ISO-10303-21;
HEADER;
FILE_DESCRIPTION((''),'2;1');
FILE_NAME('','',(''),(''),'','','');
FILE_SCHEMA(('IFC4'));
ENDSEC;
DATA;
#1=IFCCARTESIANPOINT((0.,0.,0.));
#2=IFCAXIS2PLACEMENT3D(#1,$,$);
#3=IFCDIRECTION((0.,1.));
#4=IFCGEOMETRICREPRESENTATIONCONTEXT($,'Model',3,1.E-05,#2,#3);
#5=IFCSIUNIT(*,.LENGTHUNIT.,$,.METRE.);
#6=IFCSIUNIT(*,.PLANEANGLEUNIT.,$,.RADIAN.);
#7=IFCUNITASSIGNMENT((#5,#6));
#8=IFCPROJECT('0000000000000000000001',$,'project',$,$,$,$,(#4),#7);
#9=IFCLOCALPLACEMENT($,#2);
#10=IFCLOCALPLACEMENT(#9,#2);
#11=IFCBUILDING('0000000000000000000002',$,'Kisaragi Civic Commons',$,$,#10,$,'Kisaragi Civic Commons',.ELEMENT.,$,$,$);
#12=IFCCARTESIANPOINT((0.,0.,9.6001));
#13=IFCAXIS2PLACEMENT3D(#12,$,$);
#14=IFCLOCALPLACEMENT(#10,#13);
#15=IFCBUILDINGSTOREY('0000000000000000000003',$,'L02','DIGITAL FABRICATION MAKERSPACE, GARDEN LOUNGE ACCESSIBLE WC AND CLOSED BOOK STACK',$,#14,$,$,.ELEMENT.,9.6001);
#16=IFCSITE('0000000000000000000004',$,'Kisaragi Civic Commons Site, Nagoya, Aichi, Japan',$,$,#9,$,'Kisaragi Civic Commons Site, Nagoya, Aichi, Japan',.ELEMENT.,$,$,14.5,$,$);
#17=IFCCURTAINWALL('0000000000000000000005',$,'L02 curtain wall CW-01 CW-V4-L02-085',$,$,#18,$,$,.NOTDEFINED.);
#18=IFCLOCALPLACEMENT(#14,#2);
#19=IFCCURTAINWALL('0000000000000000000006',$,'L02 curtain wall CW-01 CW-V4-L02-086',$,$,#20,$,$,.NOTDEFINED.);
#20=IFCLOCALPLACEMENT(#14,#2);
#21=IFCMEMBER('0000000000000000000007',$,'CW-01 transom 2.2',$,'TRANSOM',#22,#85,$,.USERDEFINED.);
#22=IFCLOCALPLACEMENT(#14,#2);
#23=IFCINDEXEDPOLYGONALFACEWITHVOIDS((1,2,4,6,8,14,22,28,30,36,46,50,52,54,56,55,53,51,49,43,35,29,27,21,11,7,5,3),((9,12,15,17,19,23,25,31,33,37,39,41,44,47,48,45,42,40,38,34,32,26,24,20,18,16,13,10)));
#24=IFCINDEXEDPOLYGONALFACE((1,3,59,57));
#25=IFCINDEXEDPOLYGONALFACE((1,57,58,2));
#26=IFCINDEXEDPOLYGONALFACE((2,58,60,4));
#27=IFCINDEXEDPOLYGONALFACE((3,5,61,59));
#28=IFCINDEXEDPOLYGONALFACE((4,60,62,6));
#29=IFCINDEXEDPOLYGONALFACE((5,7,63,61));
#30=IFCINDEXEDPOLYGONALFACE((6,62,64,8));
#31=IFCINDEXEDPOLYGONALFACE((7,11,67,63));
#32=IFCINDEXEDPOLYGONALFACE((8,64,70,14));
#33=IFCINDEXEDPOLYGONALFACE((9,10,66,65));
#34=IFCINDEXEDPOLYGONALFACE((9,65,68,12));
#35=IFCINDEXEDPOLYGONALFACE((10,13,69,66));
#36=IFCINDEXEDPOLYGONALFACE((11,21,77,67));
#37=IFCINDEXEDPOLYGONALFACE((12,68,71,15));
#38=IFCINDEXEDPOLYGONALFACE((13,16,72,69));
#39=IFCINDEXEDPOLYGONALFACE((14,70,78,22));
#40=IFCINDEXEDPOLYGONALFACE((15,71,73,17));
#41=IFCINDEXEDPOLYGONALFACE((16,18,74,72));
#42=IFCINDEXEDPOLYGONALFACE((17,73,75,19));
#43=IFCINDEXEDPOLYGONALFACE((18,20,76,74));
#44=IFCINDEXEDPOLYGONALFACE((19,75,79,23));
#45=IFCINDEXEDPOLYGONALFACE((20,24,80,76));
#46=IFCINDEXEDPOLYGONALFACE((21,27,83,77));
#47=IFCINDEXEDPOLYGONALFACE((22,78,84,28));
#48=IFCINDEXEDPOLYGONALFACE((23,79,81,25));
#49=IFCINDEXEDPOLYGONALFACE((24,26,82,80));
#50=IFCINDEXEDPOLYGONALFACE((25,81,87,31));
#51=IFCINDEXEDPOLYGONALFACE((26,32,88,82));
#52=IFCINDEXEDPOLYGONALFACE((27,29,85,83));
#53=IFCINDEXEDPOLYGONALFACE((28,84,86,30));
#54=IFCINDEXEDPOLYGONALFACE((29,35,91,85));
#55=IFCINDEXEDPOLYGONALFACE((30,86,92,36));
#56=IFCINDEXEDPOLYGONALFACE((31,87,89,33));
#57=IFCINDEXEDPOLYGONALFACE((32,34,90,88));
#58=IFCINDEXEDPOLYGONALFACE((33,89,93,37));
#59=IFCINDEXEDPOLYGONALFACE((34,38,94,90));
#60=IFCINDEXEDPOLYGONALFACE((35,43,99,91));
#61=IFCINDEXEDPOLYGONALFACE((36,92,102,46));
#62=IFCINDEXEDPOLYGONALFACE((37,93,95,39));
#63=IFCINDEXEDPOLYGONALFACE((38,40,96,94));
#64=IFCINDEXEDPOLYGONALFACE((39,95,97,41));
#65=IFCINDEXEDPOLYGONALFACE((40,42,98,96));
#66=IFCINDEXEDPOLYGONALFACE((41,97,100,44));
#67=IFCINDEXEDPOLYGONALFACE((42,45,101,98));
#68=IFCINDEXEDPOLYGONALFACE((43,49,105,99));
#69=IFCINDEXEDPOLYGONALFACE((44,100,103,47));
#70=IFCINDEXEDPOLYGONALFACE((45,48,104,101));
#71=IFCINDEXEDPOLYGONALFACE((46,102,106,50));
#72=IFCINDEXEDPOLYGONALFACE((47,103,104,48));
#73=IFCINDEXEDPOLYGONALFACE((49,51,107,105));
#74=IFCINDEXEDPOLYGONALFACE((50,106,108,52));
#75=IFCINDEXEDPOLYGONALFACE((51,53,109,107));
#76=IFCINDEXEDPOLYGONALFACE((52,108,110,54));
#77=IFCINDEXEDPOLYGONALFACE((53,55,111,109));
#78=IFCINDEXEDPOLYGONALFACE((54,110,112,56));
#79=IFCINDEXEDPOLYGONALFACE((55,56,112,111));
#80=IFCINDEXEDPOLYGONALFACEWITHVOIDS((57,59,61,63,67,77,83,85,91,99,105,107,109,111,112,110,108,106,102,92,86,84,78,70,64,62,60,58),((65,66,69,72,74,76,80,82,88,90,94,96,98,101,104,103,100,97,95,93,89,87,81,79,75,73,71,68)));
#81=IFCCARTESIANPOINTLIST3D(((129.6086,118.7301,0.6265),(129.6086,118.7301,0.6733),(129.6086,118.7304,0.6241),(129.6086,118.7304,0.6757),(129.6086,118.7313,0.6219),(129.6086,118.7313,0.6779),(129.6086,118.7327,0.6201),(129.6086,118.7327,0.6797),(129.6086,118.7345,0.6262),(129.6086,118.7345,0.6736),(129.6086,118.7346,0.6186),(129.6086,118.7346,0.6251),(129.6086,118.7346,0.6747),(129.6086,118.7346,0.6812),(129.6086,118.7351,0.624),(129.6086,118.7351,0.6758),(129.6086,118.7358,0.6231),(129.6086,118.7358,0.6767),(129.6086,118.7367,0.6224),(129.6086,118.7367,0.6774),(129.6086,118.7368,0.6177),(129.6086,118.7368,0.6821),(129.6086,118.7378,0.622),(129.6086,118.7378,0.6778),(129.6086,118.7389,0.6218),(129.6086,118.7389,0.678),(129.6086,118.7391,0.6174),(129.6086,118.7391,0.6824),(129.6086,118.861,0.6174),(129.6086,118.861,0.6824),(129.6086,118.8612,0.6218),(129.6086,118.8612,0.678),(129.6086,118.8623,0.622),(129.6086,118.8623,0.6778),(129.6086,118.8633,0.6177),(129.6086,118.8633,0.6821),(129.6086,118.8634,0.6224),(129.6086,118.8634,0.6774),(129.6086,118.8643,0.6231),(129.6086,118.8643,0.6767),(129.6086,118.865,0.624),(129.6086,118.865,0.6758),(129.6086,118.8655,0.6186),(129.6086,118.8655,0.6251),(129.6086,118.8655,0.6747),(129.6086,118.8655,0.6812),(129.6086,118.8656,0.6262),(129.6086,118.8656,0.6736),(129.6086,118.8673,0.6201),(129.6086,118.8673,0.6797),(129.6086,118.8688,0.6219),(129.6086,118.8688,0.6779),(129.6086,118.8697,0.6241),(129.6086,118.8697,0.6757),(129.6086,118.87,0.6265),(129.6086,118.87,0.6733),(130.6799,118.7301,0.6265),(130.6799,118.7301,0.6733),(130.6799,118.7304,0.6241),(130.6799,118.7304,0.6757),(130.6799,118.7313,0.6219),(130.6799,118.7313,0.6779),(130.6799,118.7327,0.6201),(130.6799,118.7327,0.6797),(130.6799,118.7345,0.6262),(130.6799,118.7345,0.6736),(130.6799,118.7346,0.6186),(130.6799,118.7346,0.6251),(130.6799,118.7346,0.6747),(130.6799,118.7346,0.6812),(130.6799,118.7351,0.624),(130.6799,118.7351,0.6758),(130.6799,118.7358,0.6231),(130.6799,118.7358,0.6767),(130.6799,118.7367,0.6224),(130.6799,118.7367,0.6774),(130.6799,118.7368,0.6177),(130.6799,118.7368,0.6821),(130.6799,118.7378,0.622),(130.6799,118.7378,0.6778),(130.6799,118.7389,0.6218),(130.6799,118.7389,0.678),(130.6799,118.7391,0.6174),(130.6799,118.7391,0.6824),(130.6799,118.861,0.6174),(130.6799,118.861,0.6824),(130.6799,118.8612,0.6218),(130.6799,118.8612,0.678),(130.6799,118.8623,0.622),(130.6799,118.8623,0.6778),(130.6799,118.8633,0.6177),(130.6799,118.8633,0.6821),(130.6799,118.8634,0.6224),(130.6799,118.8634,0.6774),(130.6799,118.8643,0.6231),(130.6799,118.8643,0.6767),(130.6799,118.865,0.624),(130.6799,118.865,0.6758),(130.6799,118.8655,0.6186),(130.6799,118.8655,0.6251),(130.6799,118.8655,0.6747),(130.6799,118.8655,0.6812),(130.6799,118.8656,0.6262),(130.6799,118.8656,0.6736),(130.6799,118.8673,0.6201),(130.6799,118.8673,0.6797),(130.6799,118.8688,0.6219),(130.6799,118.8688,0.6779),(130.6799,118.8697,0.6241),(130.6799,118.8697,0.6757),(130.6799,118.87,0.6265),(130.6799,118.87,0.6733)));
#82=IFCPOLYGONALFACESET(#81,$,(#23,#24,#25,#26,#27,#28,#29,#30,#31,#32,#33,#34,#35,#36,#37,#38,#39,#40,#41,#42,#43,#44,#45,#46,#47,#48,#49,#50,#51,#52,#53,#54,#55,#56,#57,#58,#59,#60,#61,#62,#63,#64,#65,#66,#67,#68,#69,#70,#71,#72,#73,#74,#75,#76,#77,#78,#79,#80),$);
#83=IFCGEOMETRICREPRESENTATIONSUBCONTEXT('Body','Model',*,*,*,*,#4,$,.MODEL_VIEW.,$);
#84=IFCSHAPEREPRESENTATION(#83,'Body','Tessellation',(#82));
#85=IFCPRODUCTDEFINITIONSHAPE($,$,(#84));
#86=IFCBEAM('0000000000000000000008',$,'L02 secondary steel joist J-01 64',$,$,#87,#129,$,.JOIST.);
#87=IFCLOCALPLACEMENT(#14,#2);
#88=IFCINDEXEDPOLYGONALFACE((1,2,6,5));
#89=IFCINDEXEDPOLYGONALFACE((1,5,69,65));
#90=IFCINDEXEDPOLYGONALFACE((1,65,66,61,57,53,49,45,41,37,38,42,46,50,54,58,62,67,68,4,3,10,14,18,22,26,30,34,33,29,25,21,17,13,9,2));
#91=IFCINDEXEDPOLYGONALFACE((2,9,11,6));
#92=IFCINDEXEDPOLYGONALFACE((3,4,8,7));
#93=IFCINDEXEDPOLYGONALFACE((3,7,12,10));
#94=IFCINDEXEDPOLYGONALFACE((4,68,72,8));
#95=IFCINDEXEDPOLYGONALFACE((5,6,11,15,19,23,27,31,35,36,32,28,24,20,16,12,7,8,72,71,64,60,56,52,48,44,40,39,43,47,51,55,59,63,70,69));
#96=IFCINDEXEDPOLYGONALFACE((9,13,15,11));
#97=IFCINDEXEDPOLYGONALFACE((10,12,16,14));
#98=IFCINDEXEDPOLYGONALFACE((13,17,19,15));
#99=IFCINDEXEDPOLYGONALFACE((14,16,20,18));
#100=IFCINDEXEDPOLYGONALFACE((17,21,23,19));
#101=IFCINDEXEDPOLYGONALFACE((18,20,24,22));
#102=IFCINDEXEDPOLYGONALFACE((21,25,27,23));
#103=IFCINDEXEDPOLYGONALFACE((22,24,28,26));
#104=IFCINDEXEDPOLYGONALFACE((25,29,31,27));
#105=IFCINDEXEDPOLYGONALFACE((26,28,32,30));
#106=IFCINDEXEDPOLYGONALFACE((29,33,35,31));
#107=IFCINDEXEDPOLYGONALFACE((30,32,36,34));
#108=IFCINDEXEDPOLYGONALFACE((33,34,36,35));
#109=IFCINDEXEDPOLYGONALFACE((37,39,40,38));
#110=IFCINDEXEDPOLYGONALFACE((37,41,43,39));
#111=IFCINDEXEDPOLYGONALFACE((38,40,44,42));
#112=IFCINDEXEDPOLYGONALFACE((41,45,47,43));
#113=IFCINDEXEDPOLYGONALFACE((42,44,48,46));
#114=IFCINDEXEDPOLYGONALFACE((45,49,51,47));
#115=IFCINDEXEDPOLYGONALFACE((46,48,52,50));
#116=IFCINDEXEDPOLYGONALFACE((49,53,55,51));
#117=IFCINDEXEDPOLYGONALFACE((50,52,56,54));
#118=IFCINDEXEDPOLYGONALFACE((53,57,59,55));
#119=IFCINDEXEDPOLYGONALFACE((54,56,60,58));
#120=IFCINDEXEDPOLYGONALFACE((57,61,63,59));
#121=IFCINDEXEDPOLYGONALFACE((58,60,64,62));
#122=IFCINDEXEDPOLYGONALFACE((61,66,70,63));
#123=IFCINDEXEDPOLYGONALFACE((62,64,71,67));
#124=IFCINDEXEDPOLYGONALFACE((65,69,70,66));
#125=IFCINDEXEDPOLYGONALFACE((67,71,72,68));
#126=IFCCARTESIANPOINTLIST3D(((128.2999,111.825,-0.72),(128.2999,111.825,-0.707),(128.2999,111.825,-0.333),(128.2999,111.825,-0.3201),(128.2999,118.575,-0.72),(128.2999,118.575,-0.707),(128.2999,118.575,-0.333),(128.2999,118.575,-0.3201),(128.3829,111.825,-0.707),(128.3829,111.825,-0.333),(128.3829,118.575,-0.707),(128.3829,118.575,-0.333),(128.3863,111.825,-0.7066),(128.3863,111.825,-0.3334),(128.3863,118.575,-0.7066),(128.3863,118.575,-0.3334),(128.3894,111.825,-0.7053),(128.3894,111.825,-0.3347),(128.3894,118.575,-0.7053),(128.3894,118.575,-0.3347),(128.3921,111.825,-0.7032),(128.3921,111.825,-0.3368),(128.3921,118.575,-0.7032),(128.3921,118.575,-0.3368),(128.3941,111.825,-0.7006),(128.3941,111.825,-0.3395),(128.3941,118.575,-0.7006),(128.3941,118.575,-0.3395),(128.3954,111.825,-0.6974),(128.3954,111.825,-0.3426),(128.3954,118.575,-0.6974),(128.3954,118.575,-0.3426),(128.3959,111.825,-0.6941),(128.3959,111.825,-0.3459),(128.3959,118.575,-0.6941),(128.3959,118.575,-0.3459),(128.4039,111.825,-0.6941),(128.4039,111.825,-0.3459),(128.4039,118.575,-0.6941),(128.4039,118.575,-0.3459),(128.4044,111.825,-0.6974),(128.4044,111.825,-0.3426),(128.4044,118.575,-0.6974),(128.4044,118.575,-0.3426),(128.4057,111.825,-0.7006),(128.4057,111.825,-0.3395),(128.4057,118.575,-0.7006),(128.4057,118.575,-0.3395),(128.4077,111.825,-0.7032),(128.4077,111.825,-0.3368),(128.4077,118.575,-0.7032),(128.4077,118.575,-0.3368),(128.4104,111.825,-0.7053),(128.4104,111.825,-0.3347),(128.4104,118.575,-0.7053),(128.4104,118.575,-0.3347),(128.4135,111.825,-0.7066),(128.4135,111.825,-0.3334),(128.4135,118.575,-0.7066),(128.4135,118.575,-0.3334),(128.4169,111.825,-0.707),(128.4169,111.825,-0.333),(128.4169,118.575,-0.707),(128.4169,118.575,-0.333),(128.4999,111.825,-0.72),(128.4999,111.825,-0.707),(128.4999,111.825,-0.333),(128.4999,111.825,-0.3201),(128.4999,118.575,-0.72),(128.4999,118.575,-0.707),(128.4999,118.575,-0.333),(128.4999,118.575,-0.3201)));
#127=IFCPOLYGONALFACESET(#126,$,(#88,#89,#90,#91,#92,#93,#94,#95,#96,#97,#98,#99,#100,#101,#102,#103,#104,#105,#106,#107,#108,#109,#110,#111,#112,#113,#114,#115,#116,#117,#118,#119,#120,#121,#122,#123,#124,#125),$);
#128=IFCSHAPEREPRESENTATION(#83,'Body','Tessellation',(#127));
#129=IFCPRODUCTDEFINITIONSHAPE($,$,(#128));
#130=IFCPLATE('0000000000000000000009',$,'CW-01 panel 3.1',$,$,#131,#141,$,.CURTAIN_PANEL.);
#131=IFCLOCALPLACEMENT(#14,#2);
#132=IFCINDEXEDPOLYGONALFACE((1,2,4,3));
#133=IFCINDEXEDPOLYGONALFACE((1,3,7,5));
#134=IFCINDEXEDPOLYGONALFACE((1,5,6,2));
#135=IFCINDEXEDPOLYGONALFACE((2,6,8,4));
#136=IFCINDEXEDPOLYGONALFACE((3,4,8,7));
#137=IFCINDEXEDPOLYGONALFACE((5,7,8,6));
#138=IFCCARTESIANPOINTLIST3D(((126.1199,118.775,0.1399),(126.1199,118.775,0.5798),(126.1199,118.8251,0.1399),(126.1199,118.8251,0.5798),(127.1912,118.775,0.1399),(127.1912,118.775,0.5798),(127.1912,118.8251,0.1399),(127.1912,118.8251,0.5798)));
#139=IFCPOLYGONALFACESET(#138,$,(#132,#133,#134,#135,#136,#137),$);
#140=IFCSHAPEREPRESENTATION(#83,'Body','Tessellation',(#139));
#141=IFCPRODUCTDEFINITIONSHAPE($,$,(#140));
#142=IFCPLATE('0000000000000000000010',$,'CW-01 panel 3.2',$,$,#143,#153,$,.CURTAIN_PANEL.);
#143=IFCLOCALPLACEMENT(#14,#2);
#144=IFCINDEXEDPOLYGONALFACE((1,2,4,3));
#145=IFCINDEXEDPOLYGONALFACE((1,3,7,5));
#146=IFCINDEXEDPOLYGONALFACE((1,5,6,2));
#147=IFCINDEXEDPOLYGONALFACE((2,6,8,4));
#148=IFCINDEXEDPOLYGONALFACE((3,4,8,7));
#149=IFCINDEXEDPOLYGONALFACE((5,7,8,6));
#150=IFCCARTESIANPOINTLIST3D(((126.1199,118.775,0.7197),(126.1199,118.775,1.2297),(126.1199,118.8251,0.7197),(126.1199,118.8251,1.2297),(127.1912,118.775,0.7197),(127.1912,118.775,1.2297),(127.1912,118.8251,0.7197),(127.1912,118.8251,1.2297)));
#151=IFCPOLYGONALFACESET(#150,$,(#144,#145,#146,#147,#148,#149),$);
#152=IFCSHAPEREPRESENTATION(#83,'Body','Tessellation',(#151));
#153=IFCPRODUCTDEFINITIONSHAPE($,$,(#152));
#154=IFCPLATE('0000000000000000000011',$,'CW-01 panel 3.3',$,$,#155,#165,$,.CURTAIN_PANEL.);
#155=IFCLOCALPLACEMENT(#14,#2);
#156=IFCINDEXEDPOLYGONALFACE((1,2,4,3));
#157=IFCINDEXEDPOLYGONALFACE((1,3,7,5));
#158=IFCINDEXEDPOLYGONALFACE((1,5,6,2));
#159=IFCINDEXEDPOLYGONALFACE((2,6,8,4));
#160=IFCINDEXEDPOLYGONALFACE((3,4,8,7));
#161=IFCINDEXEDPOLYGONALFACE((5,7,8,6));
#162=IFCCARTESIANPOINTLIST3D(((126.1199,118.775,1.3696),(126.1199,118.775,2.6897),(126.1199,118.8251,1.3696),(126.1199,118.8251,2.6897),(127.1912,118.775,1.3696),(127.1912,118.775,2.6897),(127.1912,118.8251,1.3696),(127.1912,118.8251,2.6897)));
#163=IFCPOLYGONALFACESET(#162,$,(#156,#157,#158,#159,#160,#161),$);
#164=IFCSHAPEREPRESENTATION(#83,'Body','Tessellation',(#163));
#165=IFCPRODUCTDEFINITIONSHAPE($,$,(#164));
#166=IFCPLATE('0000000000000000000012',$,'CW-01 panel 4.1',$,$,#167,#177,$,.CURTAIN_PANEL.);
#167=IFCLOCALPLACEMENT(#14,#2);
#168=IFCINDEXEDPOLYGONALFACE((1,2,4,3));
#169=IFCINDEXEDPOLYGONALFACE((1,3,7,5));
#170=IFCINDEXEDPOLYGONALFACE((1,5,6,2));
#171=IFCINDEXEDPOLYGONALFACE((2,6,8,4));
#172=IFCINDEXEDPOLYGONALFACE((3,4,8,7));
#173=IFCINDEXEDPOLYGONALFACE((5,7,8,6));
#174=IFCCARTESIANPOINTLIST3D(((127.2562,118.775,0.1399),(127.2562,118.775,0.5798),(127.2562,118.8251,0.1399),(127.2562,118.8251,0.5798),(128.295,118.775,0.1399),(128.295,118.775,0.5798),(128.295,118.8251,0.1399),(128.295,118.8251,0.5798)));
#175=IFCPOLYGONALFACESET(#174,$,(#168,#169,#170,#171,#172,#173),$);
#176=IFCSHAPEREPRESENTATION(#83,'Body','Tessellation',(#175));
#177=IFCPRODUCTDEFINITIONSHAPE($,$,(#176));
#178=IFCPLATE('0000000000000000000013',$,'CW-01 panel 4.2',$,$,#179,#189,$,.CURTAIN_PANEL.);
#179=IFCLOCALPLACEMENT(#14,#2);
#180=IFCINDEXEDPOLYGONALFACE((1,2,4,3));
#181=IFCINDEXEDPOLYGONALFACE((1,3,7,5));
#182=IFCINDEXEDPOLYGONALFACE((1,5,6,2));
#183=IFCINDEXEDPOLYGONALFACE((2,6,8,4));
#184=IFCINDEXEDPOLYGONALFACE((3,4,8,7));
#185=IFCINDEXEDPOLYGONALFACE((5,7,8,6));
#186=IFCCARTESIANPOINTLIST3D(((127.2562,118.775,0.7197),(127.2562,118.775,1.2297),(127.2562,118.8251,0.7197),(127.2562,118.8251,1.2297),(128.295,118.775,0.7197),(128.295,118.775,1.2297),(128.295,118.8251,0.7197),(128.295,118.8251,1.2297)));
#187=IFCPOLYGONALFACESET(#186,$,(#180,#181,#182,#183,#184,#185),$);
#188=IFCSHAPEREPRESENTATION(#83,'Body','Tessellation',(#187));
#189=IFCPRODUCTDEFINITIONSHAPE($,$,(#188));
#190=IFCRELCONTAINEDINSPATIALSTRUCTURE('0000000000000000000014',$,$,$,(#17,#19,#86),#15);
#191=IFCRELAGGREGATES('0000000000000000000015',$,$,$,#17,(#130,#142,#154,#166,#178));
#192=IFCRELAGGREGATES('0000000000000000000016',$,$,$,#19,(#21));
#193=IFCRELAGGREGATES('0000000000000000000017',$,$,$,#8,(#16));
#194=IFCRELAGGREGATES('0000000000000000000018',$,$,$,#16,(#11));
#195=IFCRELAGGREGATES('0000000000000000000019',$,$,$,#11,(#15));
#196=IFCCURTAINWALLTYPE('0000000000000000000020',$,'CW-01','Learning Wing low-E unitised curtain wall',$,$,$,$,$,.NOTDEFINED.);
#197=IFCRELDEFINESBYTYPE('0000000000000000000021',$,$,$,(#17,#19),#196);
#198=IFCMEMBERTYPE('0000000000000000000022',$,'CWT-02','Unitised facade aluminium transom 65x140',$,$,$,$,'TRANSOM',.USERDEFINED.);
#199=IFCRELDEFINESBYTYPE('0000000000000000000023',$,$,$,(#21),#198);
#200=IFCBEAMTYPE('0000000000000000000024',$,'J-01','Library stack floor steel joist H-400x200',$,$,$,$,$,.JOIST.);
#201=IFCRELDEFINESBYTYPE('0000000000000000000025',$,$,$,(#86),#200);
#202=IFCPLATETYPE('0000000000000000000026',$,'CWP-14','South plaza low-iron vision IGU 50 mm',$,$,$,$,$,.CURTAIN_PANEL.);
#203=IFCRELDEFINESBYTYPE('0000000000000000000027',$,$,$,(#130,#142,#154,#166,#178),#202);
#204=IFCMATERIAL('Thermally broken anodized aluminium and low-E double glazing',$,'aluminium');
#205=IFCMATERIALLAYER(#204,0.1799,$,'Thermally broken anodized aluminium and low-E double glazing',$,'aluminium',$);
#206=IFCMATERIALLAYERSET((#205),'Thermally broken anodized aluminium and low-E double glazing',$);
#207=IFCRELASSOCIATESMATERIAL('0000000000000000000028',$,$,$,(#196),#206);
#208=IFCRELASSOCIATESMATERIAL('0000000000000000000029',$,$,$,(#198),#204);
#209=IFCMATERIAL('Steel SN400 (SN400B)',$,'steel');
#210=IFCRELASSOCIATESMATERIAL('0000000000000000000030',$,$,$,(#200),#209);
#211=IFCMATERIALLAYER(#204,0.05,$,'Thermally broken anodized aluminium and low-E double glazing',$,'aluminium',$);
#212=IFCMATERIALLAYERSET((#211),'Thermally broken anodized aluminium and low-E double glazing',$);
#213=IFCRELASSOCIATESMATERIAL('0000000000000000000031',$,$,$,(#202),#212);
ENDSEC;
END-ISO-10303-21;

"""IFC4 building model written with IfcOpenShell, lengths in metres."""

from ifc_helpers import new_model, si_unit, direction, frame, origin, origin_2d, place, context, subcontext, project, spatial, rectangle, hollow_rectangle, i_section, extrude, material, layer, layer_set, material_profile, profile_set, type_object, element, aggregate, save


model = new_model("IFC4")

# Units and contexts
model_context = context("Model", 3, precision=1e-05, world=origin(), true_north=direction((0.0, 1.0)))
body_context = subcontext(model_context, "Body", "Model", "MODEL_VIEW")
ifc_project = project(units=[si_unit("LENGTHUNIT", "METRE"), si_unit("PLANEANGLEUNIT", "RADIAN")], contexts=[model_context])

# Site, building, storey
site_placement = place(None, origin())
site = spatial("IfcSite", under=ifc_project, at=site_placement, Name="Kisaragi Civic Commons Site, Nagoya, Aichi, Japan", LongName="Kisaragi Civic Commons Site, Nagoya, Aichi, Japan", CompositionType="ELEMENT", RefElevation=14.5)
building_placement = place(site_placement, origin())
building = spatial("IfcBuilding", under=site, at=building_placement, Name="Kisaragi Civic Commons", LongName="Kisaragi Civic Commons", CompositionType="ELEMENT")
storey_placement = place(building_placement, frame((0.0, 0.0, 9.6001)))
storey = spatial("IfcBuildingStorey", under=building, at=storey_placement, Name="L02", Description="DIGITAL FABRICATION MAKERSPACE, GARDEN LOUNGE ACCESSIBLE WC AND CLOSED BOOK STACK", CompositionType="ELEMENT", Elevation=9.6001)

# Curtain walls
ifc_material_1 = material(Name="Thermally broken anodized aluminium and low-E double glazing", Category="aluminium")
ifc_layer_1 = layer(ifc_material_1, 0.1799, Name="Thermally broken anodized aluminium and low-E double glazing", Category="aluminium")
ifc_layer_set_1 = layer_set([ifc_layer_1], Name="Thermally broken anodized aluminium and low-E double glazing")
curtain_wall_type = type_object("IfcCurtainWallType", Name="CW-01", Description="Learning Wing low-E unitised curtain wall", PredefinedType="NOTDEFINED", material=ifc_layer_set_1)
curtain_wall_1_placement = place(storey_placement, origin())
curtain_wall_1 = element("IfcCurtainWall", 1, at=curtain_wall_1_placement, inside=storey, type_object=curtain_wall_type, Name="L02 curtain wall CW-01 CW-V4-L02-085", PredefinedType="NOTDEFINED")
curtain_wall_2_placement = place(storey_placement, origin())
curtain_wall_2 = element("IfcCurtainWall", 2, at=curtain_wall_2_placement, inside=storey, type_object=curtain_wall_type, Name="L02 curtain wall CW-01 CW-V4-L02-086", PredefinedType="NOTDEFINED")

# Member
ifc_material_profile_1 = material_profile(ifc_material_1, hollow_rectangle(XDim=0.1399, YDim=0.0649, WallThickness=0.0044, InnerFilletRadius=0.0044, OuterFilletRadius=0.009, at=origin_2d()), Name="CWT-65x140x4.5", Category="aluminium")
ifc_profile_set_1 = profile_set([ifc_material_profile_1], Name="Thermally broken anodized aluminium and low-E double glazing")
member_type_1 = type_object("IfcMemberType", Name="CWT-02", Description="Unitised facade aluminium transom 65x140", ElementType="TRANSOM", PredefinedType="USERDEFINED", material=ifc_profile_set_1)
member_1_placement = place(storey_placement, frame((129.6086, 118.8, 0.6499), z_axis=(1.0, 0.0, 0.0), x_axis=(0.0, 1.0, 0.0)))
member_1 = element("IfcMember", 3, at=member_1_placement, type_object=member_type_1, Name="CW-01 transom 2.2", ObjectType="TRANSOM", PredefinedType="USERDEFINED", context=body_context, shape_type="SweptSolid", body=[
    extrude(hollow_rectangle(XDim=0.1399, YDim=0.0649, WallThickness=0.0044, InnerFilletRadius=0.0044, OuterFilletRadius=0.009, at=origin_2d()), origin(), (0.0, 0.0, 1.0), 1.0713),
])

# Beam
ifc_material_2 = material(Name="Steel SN400 (SN400B)", Category="steel")
ifc_material_profile_2 = material_profile(ifc_material_2, i_section(OverallWidth=0.2, OverallDepth=0.3999, WebThickness=0.0081, FlangeThickness=0.0129, FilletRadius=0.0129, at=origin_2d()), Name="H-400x200x8x13", Category="steel")
ifc_profile_set_2 = profile_set([ifc_material_profile_2], Name="Steel SN400 (SN400B)")
beam_type = type_object("IfcBeamType", Name="J-01", Description="Library stack floor steel joist H-400x200", PredefinedType="JOIST", material=ifc_profile_set_2)
beam_placement = place(storey_placement, frame((128.3999, 111.825, -0.52), z_axis=(0.0, 1.0, 0.0), x_axis=(-1.0, 0.0, 0.0)))
element("IfcBeam", 4, at=beam_placement, inside=storey, type_object=beam_type, Name="L02 secondary steel joist J-01 64", PredefinedType="JOIST", context=body_context, shape_type="SweptSolid", body=[
    extrude(i_section(OverallWidth=0.2, OverallDepth=0.3999, WebThickness=0.0081, FlangeThickness=0.0129, FilletRadius=0.0129, at=origin_2d()), origin(), (0.0, 0.0, 1.0), 6.75),
])

# Plates
ifc_layer_2 = layer(ifc_material_1, 0.05, Name="Thermally broken anodized aluminium and low-E double glazing", Category="aluminium")
ifc_layer_set_2 = layer_set([ifc_layer_2], Name="Thermally broken anodized aluminium and low-E double glazing")
plate_type_1 = type_object("IfcPlateType", Name="CWP-14", Description="South plaza low-iron vision IGU 50 mm", PredefinedType="CURTAIN_PANEL", material=ifc_layer_set_2)
plate_1_placement = place(storey_placement, frame((126.6555, 118.8, 0.1399), z_axis=(0.0, 0.0, 1.0), x_axis=(1.0, 0.0, 0.0)))
plate_1 = element("IfcPlate", 5, at=plate_1_placement, type_object=plate_type_1, Name="CW-01 panel 3.1", PredefinedType="CURTAIN_PANEL", context=body_context, shape_type="SweptSolid", body=[
    extrude(rectangle(XDim=1.0713, YDim=0.05, at=origin_2d()), origin(), (0.0, 0.0, 1.0), 0.4399),
])
plate_2_placement = place(storey_placement, frame((126.6555, 118.8, 0.7197), z_axis=(0.0, 0.0, 1.0), x_axis=(1.0, 0.0, 0.0)))
plate_2 = element("IfcPlate", 6, at=plate_2_placement, type_object=plate_type_1, Name="CW-01 panel 3.2", PredefinedType="CURTAIN_PANEL", context=body_context, shape_type="SweptSolid", body=[
    extrude(rectangle(XDim=1.0713, YDim=0.05, at=origin_2d()), origin(), (0.0, 0.0, 1.0), 0.51),
])
plate_3_placement = place(storey_placement, frame((126.6555, 118.8, 1.3696), z_axis=(0.0, 0.0, 1.0), x_axis=(1.0, 0.0, 0.0)))
plate_3 = element("IfcPlate", 7, at=plate_3_placement, type_object=plate_type_1, Name="CW-01 panel 3.3", PredefinedType="CURTAIN_PANEL", context=body_context, shape_type="SweptSolid", body=[
    extrude(rectangle(XDim=1.0713, YDim=0.05, at=origin_2d()), origin(), (0.0, 0.0, 1.0), 1.3201),
])
plate_4_placement = place(storey_placement, frame((127.7756, 118.8, 0.1399), z_axis=(0.0, 0.0, 1.0), x_axis=(1.0, 0.0, 0.0)))
plate_4 = element("IfcPlate", 8, at=plate_4_placement, type_object=plate_type_1, Name="CW-01 panel 4.1", PredefinedType="CURTAIN_PANEL", context=body_context, shape_type="SweptSolid", body=[
    extrude(rectangle(XDim=1.0388, YDim=0.05, at=origin_2d()), origin(), (0.0, 0.0, 1.0), 0.4399),
])
plate_5_placement = place(storey_placement, frame((127.7756, 118.8, 0.7197), z_axis=(0.0, 0.0, 1.0), x_axis=(1.0, 0.0, 0.0)))
plate_5 = element("IfcPlate", 9, at=plate_5_placement, type_object=plate_type_1, Name="CW-01 panel 4.2", PredefinedType="CURTAIN_PANEL", context=body_context, shape_type="SweptSolid", body=[
    extrude(rectangle(XDim=1.0388, YDim=0.05, at=origin_2d()), origin(), (0.0, 0.0, 1.0), 0.51),
])
aggregate(curtain_wall_1, [plate_1, plate_2, plate_3, plate_4, plate_5])
aggregate(curtain_wall_2, [member_1])

save(model, "model.ifc")
